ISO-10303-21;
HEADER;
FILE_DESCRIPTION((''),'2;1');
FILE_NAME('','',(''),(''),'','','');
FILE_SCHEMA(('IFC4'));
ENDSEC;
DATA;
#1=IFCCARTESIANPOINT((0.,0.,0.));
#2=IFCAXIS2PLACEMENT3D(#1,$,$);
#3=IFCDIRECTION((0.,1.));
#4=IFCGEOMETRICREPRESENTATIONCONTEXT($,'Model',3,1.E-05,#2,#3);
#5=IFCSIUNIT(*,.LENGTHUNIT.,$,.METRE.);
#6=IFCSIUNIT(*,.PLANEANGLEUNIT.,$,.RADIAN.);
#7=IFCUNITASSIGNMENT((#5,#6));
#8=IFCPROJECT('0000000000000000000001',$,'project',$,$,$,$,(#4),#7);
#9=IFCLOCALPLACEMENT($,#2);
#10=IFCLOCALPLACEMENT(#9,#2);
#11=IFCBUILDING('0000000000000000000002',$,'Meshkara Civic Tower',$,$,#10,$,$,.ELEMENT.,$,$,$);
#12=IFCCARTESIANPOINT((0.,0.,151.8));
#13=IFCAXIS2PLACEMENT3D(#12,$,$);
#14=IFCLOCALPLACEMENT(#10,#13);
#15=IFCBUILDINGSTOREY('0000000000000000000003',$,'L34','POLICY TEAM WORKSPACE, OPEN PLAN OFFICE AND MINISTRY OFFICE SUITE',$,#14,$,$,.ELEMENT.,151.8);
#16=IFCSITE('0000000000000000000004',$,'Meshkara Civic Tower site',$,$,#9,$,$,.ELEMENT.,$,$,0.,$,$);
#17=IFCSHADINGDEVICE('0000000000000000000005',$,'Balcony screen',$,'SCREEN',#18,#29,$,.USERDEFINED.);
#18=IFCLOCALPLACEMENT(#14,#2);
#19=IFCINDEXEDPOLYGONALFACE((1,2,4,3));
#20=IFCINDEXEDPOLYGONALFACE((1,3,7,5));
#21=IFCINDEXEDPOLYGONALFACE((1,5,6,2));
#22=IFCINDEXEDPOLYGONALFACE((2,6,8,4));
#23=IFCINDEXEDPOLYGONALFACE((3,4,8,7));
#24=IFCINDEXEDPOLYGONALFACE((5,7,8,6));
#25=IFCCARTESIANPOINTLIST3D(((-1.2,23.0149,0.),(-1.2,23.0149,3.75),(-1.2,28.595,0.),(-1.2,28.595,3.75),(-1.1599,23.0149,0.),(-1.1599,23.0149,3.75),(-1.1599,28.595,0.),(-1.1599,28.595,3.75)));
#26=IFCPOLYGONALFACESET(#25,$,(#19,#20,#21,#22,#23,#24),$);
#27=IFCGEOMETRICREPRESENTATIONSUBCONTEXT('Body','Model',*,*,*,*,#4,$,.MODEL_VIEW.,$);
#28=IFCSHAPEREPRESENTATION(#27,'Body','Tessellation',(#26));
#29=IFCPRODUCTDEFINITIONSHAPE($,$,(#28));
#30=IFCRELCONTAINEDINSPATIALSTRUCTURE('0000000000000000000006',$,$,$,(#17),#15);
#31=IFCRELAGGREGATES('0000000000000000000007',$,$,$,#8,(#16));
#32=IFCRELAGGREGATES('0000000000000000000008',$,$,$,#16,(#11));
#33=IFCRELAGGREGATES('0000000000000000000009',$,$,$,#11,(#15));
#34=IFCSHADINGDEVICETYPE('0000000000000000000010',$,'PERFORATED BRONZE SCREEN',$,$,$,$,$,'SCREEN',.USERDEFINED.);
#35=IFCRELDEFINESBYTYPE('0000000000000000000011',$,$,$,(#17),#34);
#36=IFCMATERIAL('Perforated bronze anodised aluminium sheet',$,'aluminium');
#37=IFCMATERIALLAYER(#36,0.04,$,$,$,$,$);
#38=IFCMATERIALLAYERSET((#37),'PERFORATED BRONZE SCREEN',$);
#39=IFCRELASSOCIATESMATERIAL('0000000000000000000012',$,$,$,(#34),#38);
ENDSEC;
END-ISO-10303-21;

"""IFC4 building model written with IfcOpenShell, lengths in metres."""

from ifc_helpers import new_model, si_unit, direction, frame, origin, origin_2d, place, context, subcontext, project, spatial, rectangle, extrude, material, layer, layer_set, type_object, element, save


model = new_model("IFC4")

# Units and contexts
model_context = context("Model", 3, precision=1e-05, world=origin(), true_north=direction((0.0, 1.0)))
body_context = subcontext(model_context, "Body", "Model", "MODEL_VIEW")
ifc_project = project(units=[si_unit("LENGTHUNIT", "METRE"), si_unit("PLANEANGLEUNIT", "RADIAN")], contexts=[model_context])

# Site, building, storey
site_placement = place(None, origin())
site = spatial("IfcSite", under=ifc_project, at=site_placement, Name="Meshkara Civic Tower site", CompositionType="ELEMENT", RefElevation=0.0)
building_placement = place(site_placement, origin())
building = spatial("IfcBuilding", under=site, at=building_placement, Name="Meshkara Civic Tower", CompositionType="ELEMENT")
storey_placement = place(building_placement, frame((0.0, 0.0, 151.8)))
storey = spatial("IfcBuildingStorey", under=building, at=storey_placement, Name="L34", Description="POLICY TEAM WORKSPACE, OPEN PLAN OFFICE AND MINISTRY OFFICE SUITE", CompositionType="ELEMENT", Elevation=151.8)

# Shading device
ifc_material_1 = material(Name="Perforated bronze anodised aluminium sheet", Category="aluminium")
ifc_layer_1 = layer(ifc_material_1, 0.04)
ifc_layer_set_1 = layer_set([ifc_layer_1], Name="PERFORATED BRONZE SCREEN")
shading_device_type = type_object("IfcShadingDeviceType", Name="PERFORATED BRONZE SCREEN", ElementType="SCREEN", PredefinedType="USERDEFINED", material=ifc_layer_set_1)
shading_device_placement = place(storey_placement, frame((-1.1799, 25.8049, 0.0), z_axis=(0.0, 0.0, 1.0), x_axis=(0.0, -1.0, 0.0)))
element("IfcShadingDevice", 1, at=shading_device_placement, inside=storey, type_object=shading_device_type, Name="Balcony screen", ObjectType="SCREEN", PredefinedType="USERDEFINED", context=body_context, shape_type="SweptSolid", body=[
    extrude(rectangle(XDim=5.5801, YDim=0.04, at=origin_2d()), origin(), (0.0, 0.0, 1.0), 3.75),
])

save(model, "model.ifc")
